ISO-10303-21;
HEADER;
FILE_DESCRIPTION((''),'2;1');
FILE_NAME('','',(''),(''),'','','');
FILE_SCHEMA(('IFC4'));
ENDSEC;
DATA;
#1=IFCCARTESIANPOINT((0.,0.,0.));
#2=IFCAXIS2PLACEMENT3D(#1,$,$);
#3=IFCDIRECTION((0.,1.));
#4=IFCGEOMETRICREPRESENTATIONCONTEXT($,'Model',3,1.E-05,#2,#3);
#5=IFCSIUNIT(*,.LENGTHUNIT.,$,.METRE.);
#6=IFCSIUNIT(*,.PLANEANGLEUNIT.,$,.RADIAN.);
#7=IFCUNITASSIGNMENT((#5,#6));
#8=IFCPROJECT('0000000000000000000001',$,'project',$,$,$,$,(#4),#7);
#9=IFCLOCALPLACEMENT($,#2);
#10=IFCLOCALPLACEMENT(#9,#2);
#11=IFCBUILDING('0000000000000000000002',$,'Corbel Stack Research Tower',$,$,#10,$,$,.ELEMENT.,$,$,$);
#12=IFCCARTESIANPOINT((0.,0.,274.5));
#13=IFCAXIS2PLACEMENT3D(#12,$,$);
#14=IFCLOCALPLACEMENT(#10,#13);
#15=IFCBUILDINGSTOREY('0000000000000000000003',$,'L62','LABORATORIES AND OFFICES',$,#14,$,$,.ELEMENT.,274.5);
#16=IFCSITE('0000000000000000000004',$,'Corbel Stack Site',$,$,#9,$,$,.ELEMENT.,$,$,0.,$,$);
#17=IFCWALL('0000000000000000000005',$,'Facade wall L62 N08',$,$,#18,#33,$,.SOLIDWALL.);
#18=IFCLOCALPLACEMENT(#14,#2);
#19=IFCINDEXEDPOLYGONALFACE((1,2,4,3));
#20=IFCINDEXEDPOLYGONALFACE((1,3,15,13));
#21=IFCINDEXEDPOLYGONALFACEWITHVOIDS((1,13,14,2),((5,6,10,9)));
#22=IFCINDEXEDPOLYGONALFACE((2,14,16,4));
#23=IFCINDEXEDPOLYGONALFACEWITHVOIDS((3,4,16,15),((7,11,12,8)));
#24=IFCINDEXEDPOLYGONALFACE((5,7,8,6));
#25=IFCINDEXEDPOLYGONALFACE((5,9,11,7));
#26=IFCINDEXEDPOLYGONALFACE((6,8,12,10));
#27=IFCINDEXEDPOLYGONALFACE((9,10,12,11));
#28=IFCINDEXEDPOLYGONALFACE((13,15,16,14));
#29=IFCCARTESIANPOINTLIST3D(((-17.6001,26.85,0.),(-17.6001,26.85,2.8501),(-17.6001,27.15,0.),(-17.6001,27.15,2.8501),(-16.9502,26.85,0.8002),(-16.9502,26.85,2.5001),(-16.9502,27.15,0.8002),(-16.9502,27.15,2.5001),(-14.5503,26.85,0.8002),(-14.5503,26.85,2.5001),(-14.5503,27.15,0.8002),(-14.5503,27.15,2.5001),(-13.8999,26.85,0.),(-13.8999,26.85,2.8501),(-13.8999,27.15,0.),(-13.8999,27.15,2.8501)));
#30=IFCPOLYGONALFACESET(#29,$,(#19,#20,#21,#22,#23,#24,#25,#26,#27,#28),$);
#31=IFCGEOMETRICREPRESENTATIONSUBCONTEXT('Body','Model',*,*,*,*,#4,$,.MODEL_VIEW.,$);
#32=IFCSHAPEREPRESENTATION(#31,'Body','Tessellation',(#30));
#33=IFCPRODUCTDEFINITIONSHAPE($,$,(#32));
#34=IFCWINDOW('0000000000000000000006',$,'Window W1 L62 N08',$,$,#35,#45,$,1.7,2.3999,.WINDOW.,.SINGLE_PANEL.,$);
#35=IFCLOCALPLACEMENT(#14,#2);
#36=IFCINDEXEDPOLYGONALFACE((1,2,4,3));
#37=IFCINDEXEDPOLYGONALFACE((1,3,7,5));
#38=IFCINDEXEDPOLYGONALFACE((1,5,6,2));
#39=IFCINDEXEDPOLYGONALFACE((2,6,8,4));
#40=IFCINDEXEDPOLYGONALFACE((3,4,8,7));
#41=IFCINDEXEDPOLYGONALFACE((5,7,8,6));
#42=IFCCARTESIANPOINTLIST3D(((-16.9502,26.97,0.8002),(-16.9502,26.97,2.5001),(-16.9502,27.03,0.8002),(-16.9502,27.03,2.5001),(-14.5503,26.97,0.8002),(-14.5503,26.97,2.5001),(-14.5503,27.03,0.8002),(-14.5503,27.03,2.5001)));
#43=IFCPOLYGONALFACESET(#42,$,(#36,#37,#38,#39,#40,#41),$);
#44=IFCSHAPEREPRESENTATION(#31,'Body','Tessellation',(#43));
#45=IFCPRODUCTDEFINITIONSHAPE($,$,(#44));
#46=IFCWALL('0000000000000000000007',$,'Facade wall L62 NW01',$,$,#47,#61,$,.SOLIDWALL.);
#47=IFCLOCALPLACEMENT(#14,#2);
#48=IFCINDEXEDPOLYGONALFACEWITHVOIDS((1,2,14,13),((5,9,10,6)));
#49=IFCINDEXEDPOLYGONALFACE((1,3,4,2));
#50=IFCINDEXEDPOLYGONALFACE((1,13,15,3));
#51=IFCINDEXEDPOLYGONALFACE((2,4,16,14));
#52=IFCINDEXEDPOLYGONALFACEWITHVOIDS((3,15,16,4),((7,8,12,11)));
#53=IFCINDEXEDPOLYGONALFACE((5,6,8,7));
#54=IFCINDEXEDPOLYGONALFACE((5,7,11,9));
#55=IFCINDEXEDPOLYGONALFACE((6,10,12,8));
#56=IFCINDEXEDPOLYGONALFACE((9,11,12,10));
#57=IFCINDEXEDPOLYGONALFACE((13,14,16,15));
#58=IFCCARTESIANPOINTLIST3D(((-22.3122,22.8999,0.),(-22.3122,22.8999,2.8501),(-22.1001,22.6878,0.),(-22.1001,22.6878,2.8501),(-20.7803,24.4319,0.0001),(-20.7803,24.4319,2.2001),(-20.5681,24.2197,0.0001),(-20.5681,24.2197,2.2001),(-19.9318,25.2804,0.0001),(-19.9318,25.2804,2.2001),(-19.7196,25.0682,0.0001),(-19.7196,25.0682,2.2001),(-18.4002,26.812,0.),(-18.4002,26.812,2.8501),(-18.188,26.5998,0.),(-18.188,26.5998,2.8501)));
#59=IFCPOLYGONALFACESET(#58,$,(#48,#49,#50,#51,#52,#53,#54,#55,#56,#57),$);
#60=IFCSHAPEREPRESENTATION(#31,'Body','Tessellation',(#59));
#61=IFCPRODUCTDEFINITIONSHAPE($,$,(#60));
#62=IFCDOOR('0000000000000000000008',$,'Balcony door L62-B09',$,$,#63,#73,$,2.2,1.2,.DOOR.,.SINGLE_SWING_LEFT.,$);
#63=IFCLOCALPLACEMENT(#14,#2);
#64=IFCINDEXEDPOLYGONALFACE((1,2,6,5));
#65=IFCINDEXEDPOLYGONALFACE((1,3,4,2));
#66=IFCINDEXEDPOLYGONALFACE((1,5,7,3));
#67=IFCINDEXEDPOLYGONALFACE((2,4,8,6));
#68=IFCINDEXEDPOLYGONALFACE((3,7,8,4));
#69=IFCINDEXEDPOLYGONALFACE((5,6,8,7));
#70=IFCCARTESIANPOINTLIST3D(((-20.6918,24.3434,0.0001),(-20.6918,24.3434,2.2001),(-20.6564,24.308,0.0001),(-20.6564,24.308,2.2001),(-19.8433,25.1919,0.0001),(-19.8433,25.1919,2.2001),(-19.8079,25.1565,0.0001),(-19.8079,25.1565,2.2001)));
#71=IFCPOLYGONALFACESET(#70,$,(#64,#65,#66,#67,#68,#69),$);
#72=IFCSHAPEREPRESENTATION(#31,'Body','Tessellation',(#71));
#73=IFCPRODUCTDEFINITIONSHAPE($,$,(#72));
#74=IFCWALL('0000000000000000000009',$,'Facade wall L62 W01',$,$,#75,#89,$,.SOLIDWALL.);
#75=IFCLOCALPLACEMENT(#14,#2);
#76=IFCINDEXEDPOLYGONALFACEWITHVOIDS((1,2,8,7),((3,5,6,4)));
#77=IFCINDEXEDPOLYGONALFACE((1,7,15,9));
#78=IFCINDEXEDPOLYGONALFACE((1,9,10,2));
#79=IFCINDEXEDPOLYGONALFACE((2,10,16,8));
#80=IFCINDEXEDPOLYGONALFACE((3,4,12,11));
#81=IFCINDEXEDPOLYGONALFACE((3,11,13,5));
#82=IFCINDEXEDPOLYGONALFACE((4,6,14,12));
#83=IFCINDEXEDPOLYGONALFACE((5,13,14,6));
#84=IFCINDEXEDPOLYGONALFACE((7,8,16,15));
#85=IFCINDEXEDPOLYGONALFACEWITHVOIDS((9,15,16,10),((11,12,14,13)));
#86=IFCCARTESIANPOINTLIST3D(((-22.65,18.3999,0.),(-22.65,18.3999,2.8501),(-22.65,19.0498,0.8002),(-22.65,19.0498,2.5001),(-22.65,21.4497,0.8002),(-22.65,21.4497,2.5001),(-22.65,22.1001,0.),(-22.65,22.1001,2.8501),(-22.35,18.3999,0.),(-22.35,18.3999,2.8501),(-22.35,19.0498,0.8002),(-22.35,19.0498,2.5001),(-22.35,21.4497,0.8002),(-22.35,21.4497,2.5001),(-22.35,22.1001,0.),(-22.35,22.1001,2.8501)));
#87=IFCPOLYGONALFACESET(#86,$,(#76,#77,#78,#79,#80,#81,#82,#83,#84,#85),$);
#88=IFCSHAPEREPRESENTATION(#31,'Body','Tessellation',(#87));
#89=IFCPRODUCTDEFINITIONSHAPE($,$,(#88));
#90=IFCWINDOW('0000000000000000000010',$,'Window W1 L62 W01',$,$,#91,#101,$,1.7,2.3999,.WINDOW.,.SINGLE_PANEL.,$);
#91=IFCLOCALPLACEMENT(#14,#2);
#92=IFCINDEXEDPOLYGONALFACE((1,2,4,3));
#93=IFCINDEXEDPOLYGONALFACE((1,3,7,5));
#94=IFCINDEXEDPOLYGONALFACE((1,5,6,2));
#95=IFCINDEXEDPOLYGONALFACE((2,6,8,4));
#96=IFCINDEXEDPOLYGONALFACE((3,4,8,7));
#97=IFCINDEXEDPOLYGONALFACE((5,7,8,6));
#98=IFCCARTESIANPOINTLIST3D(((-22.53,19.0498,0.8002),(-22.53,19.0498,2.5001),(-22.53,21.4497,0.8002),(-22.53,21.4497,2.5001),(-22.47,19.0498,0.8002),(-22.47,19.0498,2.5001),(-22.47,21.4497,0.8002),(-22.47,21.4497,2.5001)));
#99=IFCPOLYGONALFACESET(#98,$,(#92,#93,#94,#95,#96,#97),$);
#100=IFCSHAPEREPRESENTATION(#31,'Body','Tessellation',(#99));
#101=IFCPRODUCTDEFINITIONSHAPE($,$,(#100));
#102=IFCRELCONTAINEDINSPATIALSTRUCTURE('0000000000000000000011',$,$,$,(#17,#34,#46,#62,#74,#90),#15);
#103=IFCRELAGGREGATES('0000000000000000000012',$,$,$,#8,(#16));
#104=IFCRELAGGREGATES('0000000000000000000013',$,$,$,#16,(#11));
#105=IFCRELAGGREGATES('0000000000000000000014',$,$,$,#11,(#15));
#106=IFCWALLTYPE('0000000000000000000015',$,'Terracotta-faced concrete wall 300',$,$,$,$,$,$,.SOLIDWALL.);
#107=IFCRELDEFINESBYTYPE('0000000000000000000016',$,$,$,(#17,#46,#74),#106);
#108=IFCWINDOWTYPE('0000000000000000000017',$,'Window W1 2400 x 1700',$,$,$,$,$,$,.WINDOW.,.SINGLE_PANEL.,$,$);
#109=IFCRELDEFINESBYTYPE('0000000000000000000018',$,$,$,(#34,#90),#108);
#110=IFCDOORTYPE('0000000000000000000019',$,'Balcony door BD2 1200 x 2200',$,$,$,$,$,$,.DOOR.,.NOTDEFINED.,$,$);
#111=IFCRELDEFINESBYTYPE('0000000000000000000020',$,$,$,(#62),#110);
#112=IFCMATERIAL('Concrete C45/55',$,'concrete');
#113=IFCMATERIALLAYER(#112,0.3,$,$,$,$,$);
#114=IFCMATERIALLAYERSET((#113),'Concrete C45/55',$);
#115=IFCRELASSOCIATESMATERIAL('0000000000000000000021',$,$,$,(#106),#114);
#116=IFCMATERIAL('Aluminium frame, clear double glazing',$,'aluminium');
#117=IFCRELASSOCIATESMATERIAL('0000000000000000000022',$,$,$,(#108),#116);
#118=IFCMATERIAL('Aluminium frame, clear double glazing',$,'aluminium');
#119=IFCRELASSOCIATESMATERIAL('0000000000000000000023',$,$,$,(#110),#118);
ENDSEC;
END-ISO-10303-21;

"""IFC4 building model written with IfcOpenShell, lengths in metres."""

from ifc_helpers import new_model, si_unit, direction, frame, frame_2d, origin, place, context, subcontext, project, spatial, rectangle, extrude, material, layer, layer_set, type_object, element, fill, save


model = new_model("IFC4")

# Units and contexts
model_context = context("Model", 3, precision=1e-05, world=origin(), true_north=direction((0.0, 1.0)))
body_context = subcontext(model_context, "Body", "Model", "MODEL_VIEW")
ifc_project = project(units=[si_unit("LENGTHUNIT", "METRE"), si_unit("PLANEANGLEUNIT", "RADIAN")], contexts=[model_context])

# Site, building, storey
site_placement = place(None, origin())
site = spatial("IfcSite", under=ifc_project, at=site_placement, Name="Corbel Stack Site", CompositionType="ELEMENT", RefElevation=0.0)
building_placement = place(site_placement, origin())
building = spatial("IfcBuilding", under=site, at=building_placement, Name="Corbel Stack Research Tower", CompositionType="ELEMENT")
storey_placement = place(building_placement, frame((0.0, 0.0, 274.5)))
storey = spatial("IfcBuildingStorey", under=building, at=storey_placement, Name="L62", Description="LABORATORIES AND OFFICES", CompositionType="ELEMENT", Elevation=274.5)

# Wall, opening, window
ifc_material_1 = material(Name="Concrete C45/55", Category="concrete")
ifc_layer_1 = layer(ifc_material_1, 0.3)
ifc_layer_set_1 = layer_set([ifc_layer_1], Name="Concrete C45/55")
wall_type_1 = type_object("IfcWallType", Name="Terracotta-faced concrete wall 300", PredefinedType="SOLIDWALL", material=ifc_layer_set_1)
wall_1_placement = place(storey_placement, frame((-17.6001, 27.0, 0.0), z_axis=(0.0, 0.0, 1.0), x_axis=(1.0, 0.0, 0.0)))
wall_1 = element("IfcWall", 1, at=wall_1_placement, inside=storey, type_object=wall_type_1, Name="Facade wall L62 N08", PredefinedType="SOLIDWALL", context=body_context, shape_type="SweptSolid", body=[
    extrude(rectangle(XDim=3.7002, YDim=0.3, at=frame_2d((1.8501, 0.0))), origin(), (0.0, 0.0, 1.0), 2.8501),
])
opening_1_placement = place(wall_1_placement, frame((0.6499, 0.0, 0.8)))
opening_1 = element("IfcOpeningElement", 2, at=opening_1_placement, cuts=wall_1, PredefinedType="OPENING", context=body_context, shape_type="SweptSolid", body=[
    extrude(rectangle(XDim=2.3999, YDim=1.7, at=frame_2d((1.2, 0.8501))), frame((0.0, 0.1599, 0.0), z_axis=(0.0, -1.0, 0.0), x_axis=(1.0, 0.0, 0.0)), (0.0, 0.0, 1.0), 0.3201),
])
ifc_material_2 = material(Name="Aluminium frame, clear double glazing", Category="aluminium")
window_type = type_object("IfcWindowType", Name="Window W1 2400 x 1700", PartitioningType="SINGLE_PANEL", PredefinedType="WINDOW", material=ifc_material_2)
window_1_placement = place(opening_1_placement, origin())
window_1 = element("IfcWindow", 3, at=window_1_placement, inside=storey, type_object=window_type, Name="Window W1 L62 N08", OverallHeight=1.7, OverallWidth=2.3999, PartitioningType="SINGLE_PANEL", PredefinedType="WINDOW", context=body_context, shape_type="SweptSolid", body=[
    extrude(rectangle(XDim=2.3999, YDim=1.7, at=frame_2d((1.2, 0.8501))), frame((0.0, 0.03, 0.0), z_axis=(0.0, -1.0, 0.0), x_axis=(1.0, 0.0, 0.0)), (0.0, 0.0, 1.0), 0.0601),
])
fill(opening_1, window_1)

# Wall, opening, door
wall_2_placement = place(storey_placement, frame((-22.2061, 22.7939, 0.0), z_axis=(0.0, 0.0, 1.0), x_axis=(0.707107, 0.707107, 0.0)))
wall_2 = element("IfcWall", 4, at=wall_2_placement, inside=storey, type_object=wall_type_1, Name="Facade wall L62 NW01", PredefinedType="SOLIDWALL", context=body_context, shape_type="SweptSolid", body=[
    extrude(rectangle(XDim=5.5325, YDim=0.3, at=frame_2d((2.7661, 0.0))), origin(), (0.0, 0.0, 1.0), 2.8501),
])
opening_2_placement = place(wall_2_placement, frame((2.1663, 0.0, 0.0)))
opening_2 = element("IfcOpeningElement", 5, at=opening_2_placement, cuts=wall_2, PredefinedType="OPENING", context=body_context, shape_type="SweptSolid", body=[
    extrude(rectangle(XDim=1.2, YDim=2.2, at=frame_2d((0.6001, 1.1001))), frame((0.0, 0.1599, 0.0), z_axis=(0.0, -1.0, 0.0), x_axis=(1.0, 0.0, 0.0)), (0.0, 0.0, 1.0), 0.3201),
])
ifc_material_3 = material(Name="Aluminium frame, clear double glazing", Category="aluminium")
door_type_1 = type_object("IfcDoorType", Name="Balcony door BD2 1200 x 2200", OperationType="NOTDEFINED", PredefinedType="DOOR", material=ifc_material_3)
door_1_placement = place(opening_2_placement, origin())
door_1 = element("IfcDoor", 6, at=door_1_placement, inside=storey, type_object=door_type_1, Name="Balcony door L62-B09", OperationType="SINGLE_SWING_LEFT", OverallHeight=2.2, OverallWidth=1.2, PredefinedType="DOOR", context=body_context, shape_type="SweptSolid", body=[
    extrude(rectangle(XDim=1.2, YDim=2.2, at=frame_2d((0.6001, 1.1001))), frame((0.0, 0.0249, 0.0), z_axis=(0.0, -1.0, 0.0), x_axis=(1.0, 0.0, 0.0)), (0.0, 0.0, 1.0), 0.05),
])
fill(opening_2, door_1)

# Wall, opening, window
wall_3_placement = place(storey_placement, frame((-22.5, 18.3999, 0.0), z_axis=(0.0, 0.0, 1.0), x_axis=(0.0, 1.0, 0.0)))
wall_3 = element("IfcWall", 7, at=wall_3_placement, inside=storey, type_object=wall_type_1, Name="Facade wall L62 W01", PredefinedType="SOLIDWALL", context=body_context, shape_type="SweptSolid", body=[
    extrude(rectangle(XDim=3.7002, YDim=0.3, at=frame_2d((1.8501, 0.0))), origin(), (0.0, 0.0, 1.0), 2.8501),
])
opening_3_placement = place(wall_3_placement, frame((0.6499, 0.0, 0.8)))
opening_3 = element("IfcOpeningElement", 8, at=opening_3_placement, cuts=wall_3, PredefinedType="OPENING", context=body_context, shape_type="SweptSolid", body=[
    extrude(rectangle(XDim=2.3999, YDim=1.7, at=frame_2d((1.2, 0.8501))), frame((0.0, 0.1599, 0.0), z_axis=(0.0, -1.0, 0.0), x_axis=(1.0, 0.0, 0.0)), (0.0, 0.0, 1.0), 0.3201),
])
window_2_placement = place(opening_3_placement, origin())
window_2 = element("IfcWindow", 9, at=window_2_placement, inside=storey, type_object=window_type, Name="Window W1 L62 W01", OverallHeight=1.7, OverallWidth=2.3999, PartitioningType="SINGLE_PANEL", PredefinedType="WINDOW", context=body_context, shape_type="SweptSolid", body=[
    extrude(rectangle(XDim=2.3999, YDim=1.7, at=frame_2d((1.2, 0.8501))), frame((0.0, 0.03, 0.0), z_axis=(0.0, -1.0, 0.0), x_axis=(1.0, 0.0, 0.0)), (0.0, 0.0, 1.0), 0.0601),
])
fill(opening_3, window_2)

save(model, "model.ifc")
